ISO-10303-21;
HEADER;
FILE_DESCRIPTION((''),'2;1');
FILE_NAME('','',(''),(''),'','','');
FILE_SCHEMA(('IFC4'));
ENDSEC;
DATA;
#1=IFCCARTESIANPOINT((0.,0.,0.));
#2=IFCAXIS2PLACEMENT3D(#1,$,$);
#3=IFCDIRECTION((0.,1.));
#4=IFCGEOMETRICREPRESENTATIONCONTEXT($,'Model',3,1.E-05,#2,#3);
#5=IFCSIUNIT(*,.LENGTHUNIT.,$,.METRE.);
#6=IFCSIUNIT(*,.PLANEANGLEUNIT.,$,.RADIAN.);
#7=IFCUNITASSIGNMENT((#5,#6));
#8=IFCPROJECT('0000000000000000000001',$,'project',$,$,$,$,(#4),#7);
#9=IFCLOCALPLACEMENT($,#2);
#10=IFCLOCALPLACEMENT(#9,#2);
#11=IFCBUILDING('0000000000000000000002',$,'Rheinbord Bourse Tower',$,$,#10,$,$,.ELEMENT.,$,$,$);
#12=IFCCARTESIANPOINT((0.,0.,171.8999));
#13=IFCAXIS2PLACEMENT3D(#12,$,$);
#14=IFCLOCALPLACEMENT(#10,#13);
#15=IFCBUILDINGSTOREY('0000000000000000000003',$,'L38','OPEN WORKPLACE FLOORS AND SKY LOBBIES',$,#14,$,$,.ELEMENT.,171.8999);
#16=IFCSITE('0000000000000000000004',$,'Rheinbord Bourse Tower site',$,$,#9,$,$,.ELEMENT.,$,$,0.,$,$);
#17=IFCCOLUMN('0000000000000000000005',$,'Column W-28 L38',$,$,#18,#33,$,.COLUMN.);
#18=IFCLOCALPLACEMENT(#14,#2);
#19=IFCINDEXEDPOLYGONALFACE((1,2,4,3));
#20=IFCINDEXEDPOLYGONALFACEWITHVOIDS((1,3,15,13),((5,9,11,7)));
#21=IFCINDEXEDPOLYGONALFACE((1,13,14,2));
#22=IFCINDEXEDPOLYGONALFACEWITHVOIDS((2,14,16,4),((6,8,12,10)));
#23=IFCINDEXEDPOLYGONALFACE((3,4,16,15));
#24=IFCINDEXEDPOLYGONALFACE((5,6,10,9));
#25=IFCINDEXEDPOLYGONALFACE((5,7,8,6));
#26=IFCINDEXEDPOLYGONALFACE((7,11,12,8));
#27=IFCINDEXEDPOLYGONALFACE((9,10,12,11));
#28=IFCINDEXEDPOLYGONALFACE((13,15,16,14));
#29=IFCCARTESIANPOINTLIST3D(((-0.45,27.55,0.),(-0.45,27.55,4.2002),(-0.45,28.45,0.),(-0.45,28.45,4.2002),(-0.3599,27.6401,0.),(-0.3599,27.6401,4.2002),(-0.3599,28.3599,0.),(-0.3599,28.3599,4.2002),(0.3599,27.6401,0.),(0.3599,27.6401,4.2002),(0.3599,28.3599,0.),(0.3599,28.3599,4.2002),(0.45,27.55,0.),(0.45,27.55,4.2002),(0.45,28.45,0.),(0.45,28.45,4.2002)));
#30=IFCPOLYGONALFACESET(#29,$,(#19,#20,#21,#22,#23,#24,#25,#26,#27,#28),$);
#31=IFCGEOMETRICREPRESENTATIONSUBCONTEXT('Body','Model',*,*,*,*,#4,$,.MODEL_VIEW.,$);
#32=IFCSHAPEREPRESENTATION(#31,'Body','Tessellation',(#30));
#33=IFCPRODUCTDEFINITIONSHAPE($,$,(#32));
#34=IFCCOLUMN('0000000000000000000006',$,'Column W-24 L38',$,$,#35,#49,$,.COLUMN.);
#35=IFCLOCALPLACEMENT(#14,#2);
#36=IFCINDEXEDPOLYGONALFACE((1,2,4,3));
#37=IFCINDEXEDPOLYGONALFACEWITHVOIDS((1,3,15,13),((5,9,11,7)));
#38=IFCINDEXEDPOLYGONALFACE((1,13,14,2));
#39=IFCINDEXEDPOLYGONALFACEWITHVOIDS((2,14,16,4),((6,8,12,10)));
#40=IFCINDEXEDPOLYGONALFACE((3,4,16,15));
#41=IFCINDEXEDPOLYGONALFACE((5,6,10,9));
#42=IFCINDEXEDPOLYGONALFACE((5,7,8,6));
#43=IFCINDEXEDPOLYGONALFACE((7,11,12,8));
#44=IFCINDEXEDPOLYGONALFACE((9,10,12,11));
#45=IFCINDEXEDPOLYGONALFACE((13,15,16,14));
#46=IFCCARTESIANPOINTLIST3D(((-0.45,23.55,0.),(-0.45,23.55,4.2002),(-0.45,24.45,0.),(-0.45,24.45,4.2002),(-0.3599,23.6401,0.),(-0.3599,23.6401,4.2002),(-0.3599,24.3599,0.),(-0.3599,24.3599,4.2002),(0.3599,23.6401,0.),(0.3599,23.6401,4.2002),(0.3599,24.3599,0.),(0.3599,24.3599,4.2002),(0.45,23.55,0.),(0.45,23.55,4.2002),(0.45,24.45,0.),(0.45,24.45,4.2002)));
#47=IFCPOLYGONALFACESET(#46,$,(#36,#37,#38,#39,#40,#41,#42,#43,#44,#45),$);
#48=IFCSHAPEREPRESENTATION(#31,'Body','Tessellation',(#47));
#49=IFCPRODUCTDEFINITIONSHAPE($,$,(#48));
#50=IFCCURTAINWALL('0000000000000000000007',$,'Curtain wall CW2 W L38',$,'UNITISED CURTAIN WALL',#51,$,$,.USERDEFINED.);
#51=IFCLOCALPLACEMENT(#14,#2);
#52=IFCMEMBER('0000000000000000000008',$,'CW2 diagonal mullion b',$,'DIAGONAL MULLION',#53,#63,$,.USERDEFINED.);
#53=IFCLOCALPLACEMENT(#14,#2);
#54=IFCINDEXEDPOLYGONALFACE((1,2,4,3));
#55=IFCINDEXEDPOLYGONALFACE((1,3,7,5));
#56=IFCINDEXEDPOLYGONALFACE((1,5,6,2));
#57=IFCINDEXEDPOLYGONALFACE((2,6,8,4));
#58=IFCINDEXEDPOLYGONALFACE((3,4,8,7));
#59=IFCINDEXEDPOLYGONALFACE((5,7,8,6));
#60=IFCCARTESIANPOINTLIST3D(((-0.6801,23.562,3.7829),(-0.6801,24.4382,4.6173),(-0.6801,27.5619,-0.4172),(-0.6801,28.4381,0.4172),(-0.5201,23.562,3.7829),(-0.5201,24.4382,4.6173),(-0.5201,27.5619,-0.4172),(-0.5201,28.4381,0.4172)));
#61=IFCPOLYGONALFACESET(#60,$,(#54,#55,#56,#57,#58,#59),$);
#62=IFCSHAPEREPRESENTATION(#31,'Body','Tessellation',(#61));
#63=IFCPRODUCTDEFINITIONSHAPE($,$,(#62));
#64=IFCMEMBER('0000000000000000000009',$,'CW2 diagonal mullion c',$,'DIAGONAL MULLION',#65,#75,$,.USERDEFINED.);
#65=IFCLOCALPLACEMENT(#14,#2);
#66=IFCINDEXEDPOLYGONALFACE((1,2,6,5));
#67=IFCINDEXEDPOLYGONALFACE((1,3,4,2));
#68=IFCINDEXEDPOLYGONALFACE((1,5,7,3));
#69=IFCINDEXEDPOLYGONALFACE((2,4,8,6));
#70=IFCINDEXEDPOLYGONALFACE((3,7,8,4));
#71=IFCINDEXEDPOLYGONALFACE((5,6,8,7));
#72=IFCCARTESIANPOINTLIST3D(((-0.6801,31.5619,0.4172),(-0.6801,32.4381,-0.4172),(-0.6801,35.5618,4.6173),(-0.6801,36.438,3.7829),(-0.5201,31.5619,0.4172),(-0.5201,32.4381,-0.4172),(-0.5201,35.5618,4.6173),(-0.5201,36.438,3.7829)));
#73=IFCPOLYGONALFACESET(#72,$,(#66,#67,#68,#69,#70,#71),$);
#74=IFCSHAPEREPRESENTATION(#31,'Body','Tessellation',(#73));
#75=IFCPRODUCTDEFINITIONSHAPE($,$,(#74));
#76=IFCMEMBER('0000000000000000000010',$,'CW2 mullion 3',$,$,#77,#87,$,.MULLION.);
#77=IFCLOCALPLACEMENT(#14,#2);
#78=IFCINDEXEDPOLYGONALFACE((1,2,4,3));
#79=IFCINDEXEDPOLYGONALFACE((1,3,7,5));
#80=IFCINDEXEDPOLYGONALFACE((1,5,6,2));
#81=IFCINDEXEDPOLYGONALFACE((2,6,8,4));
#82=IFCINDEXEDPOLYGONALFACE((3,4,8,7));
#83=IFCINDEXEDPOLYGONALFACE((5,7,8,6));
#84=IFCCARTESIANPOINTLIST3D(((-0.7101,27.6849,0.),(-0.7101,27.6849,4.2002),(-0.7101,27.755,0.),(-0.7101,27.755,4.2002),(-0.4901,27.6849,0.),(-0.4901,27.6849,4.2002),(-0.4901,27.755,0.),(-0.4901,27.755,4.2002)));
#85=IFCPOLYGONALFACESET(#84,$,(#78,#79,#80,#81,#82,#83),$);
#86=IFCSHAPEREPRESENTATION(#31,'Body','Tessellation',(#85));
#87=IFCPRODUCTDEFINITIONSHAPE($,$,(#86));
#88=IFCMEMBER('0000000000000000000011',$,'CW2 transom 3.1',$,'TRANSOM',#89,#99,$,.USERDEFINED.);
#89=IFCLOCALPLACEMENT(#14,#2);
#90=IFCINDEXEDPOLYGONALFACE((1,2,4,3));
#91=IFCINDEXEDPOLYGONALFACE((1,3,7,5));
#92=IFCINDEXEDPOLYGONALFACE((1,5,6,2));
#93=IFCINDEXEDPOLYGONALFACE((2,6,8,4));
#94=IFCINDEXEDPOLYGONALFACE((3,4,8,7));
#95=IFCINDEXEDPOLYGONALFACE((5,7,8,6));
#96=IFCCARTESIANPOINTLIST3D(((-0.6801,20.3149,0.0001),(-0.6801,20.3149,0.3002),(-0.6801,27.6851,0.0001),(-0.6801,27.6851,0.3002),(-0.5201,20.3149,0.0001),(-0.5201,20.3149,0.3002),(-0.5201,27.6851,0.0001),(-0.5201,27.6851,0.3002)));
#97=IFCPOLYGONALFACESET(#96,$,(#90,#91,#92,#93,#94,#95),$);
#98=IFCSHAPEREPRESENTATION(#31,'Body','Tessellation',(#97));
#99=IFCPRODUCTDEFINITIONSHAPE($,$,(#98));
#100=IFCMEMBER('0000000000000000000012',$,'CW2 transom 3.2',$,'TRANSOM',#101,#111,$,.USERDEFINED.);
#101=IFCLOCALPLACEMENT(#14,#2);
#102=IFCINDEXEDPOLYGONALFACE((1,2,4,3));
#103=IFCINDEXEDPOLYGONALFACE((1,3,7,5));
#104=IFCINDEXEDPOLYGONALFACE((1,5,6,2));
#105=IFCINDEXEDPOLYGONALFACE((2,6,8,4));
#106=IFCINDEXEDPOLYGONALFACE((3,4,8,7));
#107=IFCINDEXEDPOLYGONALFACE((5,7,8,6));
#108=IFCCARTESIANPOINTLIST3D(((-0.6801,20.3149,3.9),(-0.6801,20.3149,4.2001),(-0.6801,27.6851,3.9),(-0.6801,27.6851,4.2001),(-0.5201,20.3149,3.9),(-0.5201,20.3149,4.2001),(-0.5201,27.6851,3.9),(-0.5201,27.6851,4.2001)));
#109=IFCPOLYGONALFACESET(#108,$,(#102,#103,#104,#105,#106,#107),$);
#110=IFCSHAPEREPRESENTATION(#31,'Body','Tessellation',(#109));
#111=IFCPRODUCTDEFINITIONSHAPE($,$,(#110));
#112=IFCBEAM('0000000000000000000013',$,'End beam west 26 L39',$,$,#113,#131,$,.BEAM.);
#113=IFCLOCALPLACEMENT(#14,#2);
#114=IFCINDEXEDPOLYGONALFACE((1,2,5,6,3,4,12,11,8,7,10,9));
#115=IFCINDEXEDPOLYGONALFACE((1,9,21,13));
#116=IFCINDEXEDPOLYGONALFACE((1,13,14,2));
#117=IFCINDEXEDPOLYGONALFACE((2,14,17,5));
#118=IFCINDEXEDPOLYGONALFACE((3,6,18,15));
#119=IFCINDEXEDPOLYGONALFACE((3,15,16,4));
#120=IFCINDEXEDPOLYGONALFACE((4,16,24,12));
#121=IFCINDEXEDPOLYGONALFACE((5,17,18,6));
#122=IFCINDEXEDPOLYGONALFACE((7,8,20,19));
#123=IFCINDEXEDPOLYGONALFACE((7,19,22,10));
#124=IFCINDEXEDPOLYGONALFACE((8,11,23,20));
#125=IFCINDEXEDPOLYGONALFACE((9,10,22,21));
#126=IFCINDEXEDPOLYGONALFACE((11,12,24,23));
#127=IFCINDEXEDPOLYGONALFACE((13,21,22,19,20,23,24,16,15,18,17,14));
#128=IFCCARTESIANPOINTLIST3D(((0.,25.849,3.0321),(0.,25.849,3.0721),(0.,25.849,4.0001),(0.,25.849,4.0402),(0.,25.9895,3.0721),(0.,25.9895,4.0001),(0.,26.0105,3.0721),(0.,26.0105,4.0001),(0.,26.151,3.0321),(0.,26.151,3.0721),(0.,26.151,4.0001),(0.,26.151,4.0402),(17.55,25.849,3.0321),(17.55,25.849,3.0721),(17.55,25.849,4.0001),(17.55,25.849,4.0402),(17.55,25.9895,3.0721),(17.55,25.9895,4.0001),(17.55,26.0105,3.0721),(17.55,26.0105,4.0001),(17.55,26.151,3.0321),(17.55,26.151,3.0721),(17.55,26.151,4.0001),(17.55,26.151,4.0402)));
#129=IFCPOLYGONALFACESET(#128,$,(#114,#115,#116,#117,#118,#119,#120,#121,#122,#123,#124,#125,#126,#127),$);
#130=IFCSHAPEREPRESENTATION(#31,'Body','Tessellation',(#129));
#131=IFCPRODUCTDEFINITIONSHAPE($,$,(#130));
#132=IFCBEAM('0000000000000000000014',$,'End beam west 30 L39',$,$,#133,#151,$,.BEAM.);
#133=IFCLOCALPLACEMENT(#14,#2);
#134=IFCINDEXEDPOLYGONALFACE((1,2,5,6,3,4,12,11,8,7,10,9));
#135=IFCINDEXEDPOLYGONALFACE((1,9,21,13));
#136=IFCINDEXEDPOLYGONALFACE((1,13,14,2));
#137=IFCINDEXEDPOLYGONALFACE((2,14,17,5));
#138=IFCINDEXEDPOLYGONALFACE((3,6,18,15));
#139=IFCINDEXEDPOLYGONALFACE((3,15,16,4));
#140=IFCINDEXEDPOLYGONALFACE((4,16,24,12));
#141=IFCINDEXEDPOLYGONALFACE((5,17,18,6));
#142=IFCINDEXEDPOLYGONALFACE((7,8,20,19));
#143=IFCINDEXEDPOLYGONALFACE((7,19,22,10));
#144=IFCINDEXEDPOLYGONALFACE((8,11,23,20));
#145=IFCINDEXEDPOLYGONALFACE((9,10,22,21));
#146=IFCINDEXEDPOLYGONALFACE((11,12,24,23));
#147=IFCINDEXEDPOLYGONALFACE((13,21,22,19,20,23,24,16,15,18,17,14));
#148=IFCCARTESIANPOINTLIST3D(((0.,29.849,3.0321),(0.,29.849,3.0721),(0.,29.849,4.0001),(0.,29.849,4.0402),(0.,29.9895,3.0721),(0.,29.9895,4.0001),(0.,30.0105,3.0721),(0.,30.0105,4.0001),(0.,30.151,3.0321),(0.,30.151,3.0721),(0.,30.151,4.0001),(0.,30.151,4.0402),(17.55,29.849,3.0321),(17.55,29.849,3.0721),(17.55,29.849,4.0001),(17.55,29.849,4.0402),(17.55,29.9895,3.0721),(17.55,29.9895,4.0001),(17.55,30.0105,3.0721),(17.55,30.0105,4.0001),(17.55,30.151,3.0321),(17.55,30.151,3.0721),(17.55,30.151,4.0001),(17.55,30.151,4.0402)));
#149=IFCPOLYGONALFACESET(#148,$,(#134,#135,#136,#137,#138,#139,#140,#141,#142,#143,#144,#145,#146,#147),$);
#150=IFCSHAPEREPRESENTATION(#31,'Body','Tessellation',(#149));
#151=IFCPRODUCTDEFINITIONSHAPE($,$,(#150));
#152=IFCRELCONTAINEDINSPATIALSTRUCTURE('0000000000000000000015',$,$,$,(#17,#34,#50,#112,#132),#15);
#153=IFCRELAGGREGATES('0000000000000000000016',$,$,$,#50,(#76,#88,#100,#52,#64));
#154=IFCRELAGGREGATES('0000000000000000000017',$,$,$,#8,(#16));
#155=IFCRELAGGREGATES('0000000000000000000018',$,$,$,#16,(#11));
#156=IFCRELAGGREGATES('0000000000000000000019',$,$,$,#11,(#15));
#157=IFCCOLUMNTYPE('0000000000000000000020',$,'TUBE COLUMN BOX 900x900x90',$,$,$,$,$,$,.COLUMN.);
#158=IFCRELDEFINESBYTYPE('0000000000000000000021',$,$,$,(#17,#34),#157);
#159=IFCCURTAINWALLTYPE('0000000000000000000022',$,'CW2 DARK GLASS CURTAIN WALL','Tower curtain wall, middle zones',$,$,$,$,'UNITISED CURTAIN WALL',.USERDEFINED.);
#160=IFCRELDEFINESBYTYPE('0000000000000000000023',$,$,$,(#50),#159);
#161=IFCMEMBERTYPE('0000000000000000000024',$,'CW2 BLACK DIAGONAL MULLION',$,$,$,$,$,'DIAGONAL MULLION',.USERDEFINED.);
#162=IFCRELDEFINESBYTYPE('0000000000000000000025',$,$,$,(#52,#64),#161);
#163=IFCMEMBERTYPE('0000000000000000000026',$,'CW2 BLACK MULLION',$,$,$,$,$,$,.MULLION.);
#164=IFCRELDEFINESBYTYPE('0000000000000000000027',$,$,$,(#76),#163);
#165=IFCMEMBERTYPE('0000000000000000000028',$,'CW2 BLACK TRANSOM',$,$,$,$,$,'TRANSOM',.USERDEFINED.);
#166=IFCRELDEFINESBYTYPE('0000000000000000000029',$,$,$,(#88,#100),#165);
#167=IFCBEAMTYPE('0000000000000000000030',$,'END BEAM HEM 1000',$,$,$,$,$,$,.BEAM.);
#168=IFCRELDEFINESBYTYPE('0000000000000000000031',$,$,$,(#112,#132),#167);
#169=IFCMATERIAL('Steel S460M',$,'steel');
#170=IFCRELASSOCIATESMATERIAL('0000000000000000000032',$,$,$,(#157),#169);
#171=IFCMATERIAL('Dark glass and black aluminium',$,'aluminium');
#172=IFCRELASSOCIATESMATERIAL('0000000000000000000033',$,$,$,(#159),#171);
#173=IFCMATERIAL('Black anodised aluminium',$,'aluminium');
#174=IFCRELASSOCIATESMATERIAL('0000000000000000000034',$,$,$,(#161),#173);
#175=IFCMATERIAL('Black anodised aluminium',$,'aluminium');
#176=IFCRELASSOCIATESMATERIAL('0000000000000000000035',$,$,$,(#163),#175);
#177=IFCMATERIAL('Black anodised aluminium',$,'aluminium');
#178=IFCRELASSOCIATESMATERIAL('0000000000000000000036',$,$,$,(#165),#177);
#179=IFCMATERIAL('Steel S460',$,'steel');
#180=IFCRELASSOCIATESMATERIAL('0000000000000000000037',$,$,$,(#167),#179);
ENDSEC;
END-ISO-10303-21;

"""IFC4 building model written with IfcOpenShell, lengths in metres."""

from ifc_helpers import new_model, si_unit, direction, frame, origin, origin_2d, place, context, subcontext, project, spatial, rectangle, hollow_rectangle, i_section, extrude, material, material_profile, profile_set, type_object, element, aggregate, save


model = new_model("IFC4")

# Units and contexts
model_context = context("Model", 3, precision=1e-05, world=origin(), true_north=direction((0.0, 1.0)))
body_context = subcontext(model_context, "Body", "Model", "MODEL_VIEW")
ifc_project = project(units=[si_unit("LENGTHUNIT", "METRE"), si_unit("PLANEANGLEUNIT", "RADIAN")], contexts=[model_context])

# Site, building, storey
site_placement = place(None, origin())
site = spatial("IfcSite", under=ifc_project, at=site_placement, Name="Rheinbord Bourse Tower site", CompositionType="ELEMENT", RefElevation=0.0)
building_placement = place(site_placement, origin())
building = spatial("IfcBuilding", under=site, at=building_placement, Name="Rheinbord Bourse Tower", CompositionType="ELEMENT")
storey_placement = place(building_placement, frame((0.0, 0.0, 171.8999)))
storey = spatial("IfcBuildingStorey", under=building, at=storey_placement, Name="L38", Description="OPEN WORKPLACE FLOORS AND SKY LOBBIES", CompositionType="ELEMENT", Elevation=171.8999)

# Columns
ifc_material_1 = material(Name="Steel S460M", Category="steel")
ifc_material_profile_1 = material_profile(ifc_material_1, hollow_rectangle(XDim=0.8999, YDim=0.8999, WallThickness=0.0901, at=origin_2d()), Name="BOX 900x900x90")
ifc_profile_set_1 = profile_set([ifc_material_profile_1], Name="Steel S460M")
column_type = type_object("IfcColumnType", Name="TUBE COLUMN BOX 900x900x90", PredefinedType="COLUMN", material=ifc_profile_set_1)
for number, where, z_axis, x_axis, name in (
    (1, (0.0, 28.0, 0.0), (0.0, 0.0, 1.0), (1.0, 0.0, 0.0), "Column W-28 L38"),
    (2, (0.0, 24.0, 0.0), (0.0, 0.0, 1.0), (1.0, 0.0, 0.0), "Column W-24 L38"),
):
    element("IfcColumn", number, at=place(storey_placement, frame(where, z_axis=z_axis, x_axis=x_axis)), inside=storey, type_object=column_type, Name=name, PredefinedType="COLUMN", context=body_context, shape_type="SweptSolid", body=[
        extrude(hollow_rectangle(XDim=0.8999, YDim=0.8999, WallThickness=0.0901, at=origin_2d()), origin(), (0.0, 0.0, 1.0), 4.2002),
    ])

# Curtain wall, members
ifc_material_2 = material(Name="Dark glass and black aluminium", Category="aluminium")
curtain_wall_type = type_object("IfcCurtainWallType", Name="CW2 DARK GLASS CURTAIN WALL", Description="Tower curtain wall, middle zones", ElementType="UNITISED CURTAIN WALL", PredefinedType="USERDEFINED", material=ifc_material_2)
curtain_wall_placement = place(storey_placement, origin())
curtain_wall = element("IfcCurtainWall", 3, at=curtain_wall_placement, inside=storey, type_object=curtain_wall_type, Name="Curtain wall CW2 W L38", ObjectType="UNITISED CURTAIN WALL", PredefinedType="USERDEFINED")
ifc_material_3 = material(Name="Black anodised aluminium", Category="aluminium")
ifc_material_profile_2 = material_profile(ifc_material_3, rectangle(XDim=0.1599, YDim=1.21, at=origin_2d()), Name="CW2 DIAGONAL MULLION 1210x160")
ifc_profile_set_2 = profile_set([ifc_material_profile_2], Name="Black anodised aluminium")
member_type_1 = type_object("IfcMemberType", Name="CW2 BLACK DIAGONAL MULLION", ElementType="DIAGONAL MULLION", PredefinedType="USERDEFINED", material=ifc_profile_set_2)
member_1_placement = place(storey_placement, frame((-0.6001, 28.0, 0.0), z_axis=(0.0, -0.689638, 0.724154), x_axis=(1.0, 0.0, 0.0)))
member_1 = element("IfcMember", 4, at=member_1_placement, type_object=member_type_1, Name="CW2 diagonal mullion b", ObjectType="DIAGONAL MULLION", PredefinedType="USERDEFINED", context=body_context, shape_type="SweptSolid", body=[
    extrude(rectangle(XDim=0.1599, YDim=1.21, at=origin_2d()), origin(), (0.0, 0.0, 1.0), 5.8),
])
member_2_placement = place(storey_placement, frame((-0.6001, 32.0, 0.0), z_axis=(0.0, 0.689638, 0.724154), x_axis=(-1.0, 0.0, 0.0)))
member_2 = element("IfcMember", 5, at=member_2_placement, type_object=member_type_1, Name="CW2 diagonal mullion c", ObjectType="DIAGONAL MULLION", PredefinedType="USERDEFINED", context=body_context, shape_type="SweptSolid", body=[
    extrude(rectangle(XDim=0.1599, YDim=1.21, at=origin_2d()), origin(), (0.0, 0.0, 1.0), 5.8),
])
ifc_material_4 = material(Name="Black anodised aluminium", Category="aluminium")
ifc_material_profile_3 = material_profile(ifc_material_4, rectangle(XDim=0.22, YDim=0.0701, at=origin_2d()), Name="CW2 MULLION 70x220")
ifc_profile_set_3 = profile_set([ifc_material_profile_3], Name="Black anodised aluminium")
member_type_2 = type_object("IfcMemberType", Name="CW2 BLACK MULLION", PredefinedType="MULLION", material=ifc_profile_set_3)
member_3_placement = place(storey_placement, frame((-0.6001, 27.72, 0.0), z_axis=(0.0, 0.0, 1.0), x_axis=(1.0, 0.0, 0.0)))
member_3 = element("IfcMember", 6, at=member_3_placement, type_object=member_type_2, Name="CW2 mullion 3", PredefinedType="MULLION", context=body_context, shape_type="SweptSolid", body=[
    extrude(rectangle(XDim=0.22, YDim=0.0701, at=origin_2d()), origin(), (0.0, 0.0, 1.0), 4.2002),
])
ifc_material_5 = material(Name="Black anodised aluminium", Category="aluminium")
ifc_material_profile_4 = material_profile(ifc_material_5, rectangle(XDim=0.1599, YDim=0.3, at=origin_2d()), Name="CW2 TRANSOM 300x160")
ifc_profile_set_4 = profile_set([ifc_material_profile_4], Name="Black anodised aluminium")
member_type_3 = type_object("IfcMemberType", Name="CW2 BLACK TRANSOM", ElementType="TRANSOM", PredefinedType="USERDEFINED", material=ifc_profile_set_4)
member_4_placement = place(storey_placement, frame((-0.6001, 27.6851, 0.1501), z_axis=(0.0, -1.0, 0.0), x_axis=(1.0, 0.0, 0.0)))
member_4 = element("IfcMember", 7, at=member_4_placement, type_object=member_type_3, Name="CW2 transom 3.1", ObjectType="TRANSOM", PredefinedType="USERDEFINED", context=body_context, shape_type="SweptSolid", body=[
    extrude(rectangle(XDim=0.1599, YDim=0.3, at=origin_2d()), origin(), (0.0, 0.0, 1.0), 7.3701),
])
member_5_placement = place(storey_placement, frame((-0.6001, 27.6851, 4.05), z_axis=(0.0, -1.0, 0.0), x_axis=(1.0, 0.0, 0.0)))
member_5 = element("IfcMember", 8, at=member_5_placement, type_object=member_type_3, Name="CW2 transom 3.2", ObjectType="TRANSOM", PredefinedType="USERDEFINED", context=body_context, shape_type="SweptSolid", body=[
    extrude(rectangle(XDim=0.1599, YDim=0.3, at=origin_2d()), origin(), (0.0, 0.0, 1.0), 7.3701),
])

# Beams
ifc_material_6 = material(Name="Steel S460", Category="steel")
ifc_material_profile_5 = material_profile(ifc_material_6, i_section(OverallWidth=0.302, OverallDepth=1.0081, WebThickness=0.021, FlangeThickness=0.04, at=origin_2d()), Name="HEM 1000")
ifc_profile_set_5 = profile_set([ifc_material_profile_5], Name="Steel S460")
beam_type_1 = type_object("IfcBeamType", Name="END BEAM HEM 1000", PredefinedType="BEAM", material=ifc_profile_set_5)
for number, where, z_axis, x_axis, name in (
    (9, (0.0, 26.0, 3.5361), (1.0, 0.0, 0.0), (0.0, 1.0, 0.0), "End beam west 26 L39"),
    (10, (0.0, 30.0, 3.5361), (1.0, 0.0, 0.0), (0.0, 1.0, 0.0), "End beam west 30 L39"),
):
    element("IfcBeam", number, at=place(storey_placement, frame(where, z_axis=z_axis, x_axis=x_axis)), inside=storey, type_object=beam_type_1, Name=name, PredefinedType="BEAM", context=body_context, shape_type="SweptSolid", body=[
        extrude(i_section(OverallWidth=0.302, OverallDepth=1.0081, WebThickness=0.021, FlangeThickness=0.04, at=origin_2d()), origin(), (0.0, 0.0, 1.0), 17.55),
    ])

aggregate(curtain_wall, [member_3, member_4, member_5, member_1, member_2])

save(model, "model.ifc")
